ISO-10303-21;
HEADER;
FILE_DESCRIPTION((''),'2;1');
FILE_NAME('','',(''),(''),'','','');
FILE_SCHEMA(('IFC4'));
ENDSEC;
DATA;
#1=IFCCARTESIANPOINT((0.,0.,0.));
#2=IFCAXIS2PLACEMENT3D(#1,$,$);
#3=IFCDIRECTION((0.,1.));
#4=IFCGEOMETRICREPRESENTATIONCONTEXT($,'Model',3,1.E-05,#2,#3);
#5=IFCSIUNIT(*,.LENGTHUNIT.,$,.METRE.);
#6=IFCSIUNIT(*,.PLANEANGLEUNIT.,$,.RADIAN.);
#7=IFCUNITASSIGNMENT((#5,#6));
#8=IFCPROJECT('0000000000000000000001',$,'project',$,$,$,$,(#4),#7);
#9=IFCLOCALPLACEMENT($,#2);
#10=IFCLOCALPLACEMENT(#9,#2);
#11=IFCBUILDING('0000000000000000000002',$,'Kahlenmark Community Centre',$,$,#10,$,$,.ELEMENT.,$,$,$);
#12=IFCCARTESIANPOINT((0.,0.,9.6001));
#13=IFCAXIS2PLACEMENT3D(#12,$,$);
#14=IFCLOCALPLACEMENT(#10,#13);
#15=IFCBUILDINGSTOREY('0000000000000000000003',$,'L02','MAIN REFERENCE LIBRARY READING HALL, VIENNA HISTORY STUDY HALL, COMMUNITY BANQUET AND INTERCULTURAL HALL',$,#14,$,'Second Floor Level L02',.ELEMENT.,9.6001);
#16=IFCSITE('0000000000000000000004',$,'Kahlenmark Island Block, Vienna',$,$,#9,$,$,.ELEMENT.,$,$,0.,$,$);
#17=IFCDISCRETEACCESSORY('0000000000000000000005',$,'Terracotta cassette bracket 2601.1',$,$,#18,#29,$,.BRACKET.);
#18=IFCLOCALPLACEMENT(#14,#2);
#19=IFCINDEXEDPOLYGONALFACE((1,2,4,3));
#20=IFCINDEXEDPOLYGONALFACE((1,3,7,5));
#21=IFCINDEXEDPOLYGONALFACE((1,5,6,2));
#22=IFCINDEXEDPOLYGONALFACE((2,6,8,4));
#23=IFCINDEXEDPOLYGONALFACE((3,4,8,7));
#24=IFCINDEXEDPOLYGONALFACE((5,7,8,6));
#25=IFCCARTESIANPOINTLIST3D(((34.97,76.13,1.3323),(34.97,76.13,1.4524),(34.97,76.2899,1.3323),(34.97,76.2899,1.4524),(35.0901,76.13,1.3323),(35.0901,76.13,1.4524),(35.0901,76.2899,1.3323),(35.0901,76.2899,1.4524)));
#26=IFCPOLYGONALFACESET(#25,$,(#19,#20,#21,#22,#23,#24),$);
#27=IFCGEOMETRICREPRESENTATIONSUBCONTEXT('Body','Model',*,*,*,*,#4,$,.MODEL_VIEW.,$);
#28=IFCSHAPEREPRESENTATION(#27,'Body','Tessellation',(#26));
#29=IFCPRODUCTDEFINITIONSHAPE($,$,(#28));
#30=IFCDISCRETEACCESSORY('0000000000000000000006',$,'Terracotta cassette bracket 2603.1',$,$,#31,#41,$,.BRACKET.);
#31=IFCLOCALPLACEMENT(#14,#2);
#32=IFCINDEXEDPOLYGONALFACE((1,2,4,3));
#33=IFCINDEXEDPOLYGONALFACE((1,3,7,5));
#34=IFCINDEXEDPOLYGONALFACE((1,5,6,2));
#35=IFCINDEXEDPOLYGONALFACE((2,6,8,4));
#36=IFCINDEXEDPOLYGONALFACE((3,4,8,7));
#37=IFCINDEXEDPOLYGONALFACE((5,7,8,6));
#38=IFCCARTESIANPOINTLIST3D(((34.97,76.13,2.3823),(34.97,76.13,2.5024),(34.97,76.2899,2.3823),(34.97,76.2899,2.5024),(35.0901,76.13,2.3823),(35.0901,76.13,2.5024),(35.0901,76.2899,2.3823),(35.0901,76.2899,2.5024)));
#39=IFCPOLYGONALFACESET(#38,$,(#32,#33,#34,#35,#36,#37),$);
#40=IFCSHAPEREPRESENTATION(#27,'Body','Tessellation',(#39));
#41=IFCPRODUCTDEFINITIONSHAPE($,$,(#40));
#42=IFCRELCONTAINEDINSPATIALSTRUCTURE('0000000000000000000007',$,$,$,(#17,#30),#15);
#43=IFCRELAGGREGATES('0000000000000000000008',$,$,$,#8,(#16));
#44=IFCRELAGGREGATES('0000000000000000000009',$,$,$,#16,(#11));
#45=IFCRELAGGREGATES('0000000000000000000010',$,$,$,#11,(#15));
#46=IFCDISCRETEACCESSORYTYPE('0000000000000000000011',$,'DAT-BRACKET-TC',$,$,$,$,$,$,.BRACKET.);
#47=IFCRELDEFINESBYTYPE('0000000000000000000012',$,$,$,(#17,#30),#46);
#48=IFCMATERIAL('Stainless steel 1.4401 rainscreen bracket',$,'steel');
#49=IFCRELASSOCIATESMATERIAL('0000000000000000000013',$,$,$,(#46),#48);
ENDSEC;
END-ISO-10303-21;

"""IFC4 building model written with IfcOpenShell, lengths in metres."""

from ifc_helpers import new_model, si_unit, direction, frame, origin, origin_2d, place, context, subcontext, project, spatial, rectangle, extrude, material, type_object, element, save


model = new_model("IFC4")

# Units and contexts
model_context = context("Model", 3, precision=1e-05, world=origin(), true_north=direction((0.0, 1.0)))
body_context = subcontext(model_context, "Body", "Model", "MODEL_VIEW")
ifc_project = project(units=[si_unit("LENGTHUNIT", "METRE"), si_unit("PLANEANGLEUNIT", "RADIAN")], contexts=[model_context])

# Site, building, storey
site_placement = place(None, origin())
site = spatial("IfcSite", under=ifc_project, at=site_placement, Name="Kahlenmark Island Block, Vienna", CompositionType="ELEMENT", RefElevation=0.0)
building_placement = place(site_placement, origin())
building = spatial("IfcBuilding", under=site, at=building_placement, Name="Kahlenmark Community Centre", CompositionType="ELEMENT")
storey_placement = place(building_placement, frame((0.0, 0.0, 9.6001)))
storey = spatial("IfcBuildingStorey", under=building, at=storey_placement, Name="L02", Description="MAIN REFERENCE LIBRARY READING HALL, VIENNA HISTORY STUDY HALL, COMMUNITY BANQUET AND INTERCULTURAL HALL", LongName="Second Floor Level L02", CompositionType="ELEMENT", Elevation=9.6001)

# Discrete accessories
ifc_material_1 = material(Name="Stainless steel 1.4401 rainscreen bracket", Category="steel")
discrete_accessory_type = type_object("IfcDiscreteAccessoryType", Name="DAT-BRACKET-TC", PredefinedType="BRACKET", material=ifc_material_1)
for number, where, z_axis, x_axis, name in (
    (1, (35.03, 76.21, 1.3323), (0.0, 0.0, 1.0), (-1.0, 0.0, 0.0), "Terracotta cassette bracket 2601.1"),
    (2, (35.03, 76.21, 2.3823), (0.0, 0.0, 1.0), (-1.0, 0.0, 0.0), "Terracotta cassette bracket 2603.1"),
):
    element("IfcDiscreteAccessory", number, at=place(storey_placement, frame(where, z_axis=z_axis, x_axis=x_axis)), inside=storey, type_object=discrete_accessory_type, Name=name, PredefinedType="BRACKET", context=body_context, shape_type="SweptSolid", body=[
        extrude(rectangle(XDim=0.1201, YDim=0.1599, at=origin_2d()), origin(), (0.0, 0.0, 1.0), 0.1201),
    ])

save(model, "model.ifc")
